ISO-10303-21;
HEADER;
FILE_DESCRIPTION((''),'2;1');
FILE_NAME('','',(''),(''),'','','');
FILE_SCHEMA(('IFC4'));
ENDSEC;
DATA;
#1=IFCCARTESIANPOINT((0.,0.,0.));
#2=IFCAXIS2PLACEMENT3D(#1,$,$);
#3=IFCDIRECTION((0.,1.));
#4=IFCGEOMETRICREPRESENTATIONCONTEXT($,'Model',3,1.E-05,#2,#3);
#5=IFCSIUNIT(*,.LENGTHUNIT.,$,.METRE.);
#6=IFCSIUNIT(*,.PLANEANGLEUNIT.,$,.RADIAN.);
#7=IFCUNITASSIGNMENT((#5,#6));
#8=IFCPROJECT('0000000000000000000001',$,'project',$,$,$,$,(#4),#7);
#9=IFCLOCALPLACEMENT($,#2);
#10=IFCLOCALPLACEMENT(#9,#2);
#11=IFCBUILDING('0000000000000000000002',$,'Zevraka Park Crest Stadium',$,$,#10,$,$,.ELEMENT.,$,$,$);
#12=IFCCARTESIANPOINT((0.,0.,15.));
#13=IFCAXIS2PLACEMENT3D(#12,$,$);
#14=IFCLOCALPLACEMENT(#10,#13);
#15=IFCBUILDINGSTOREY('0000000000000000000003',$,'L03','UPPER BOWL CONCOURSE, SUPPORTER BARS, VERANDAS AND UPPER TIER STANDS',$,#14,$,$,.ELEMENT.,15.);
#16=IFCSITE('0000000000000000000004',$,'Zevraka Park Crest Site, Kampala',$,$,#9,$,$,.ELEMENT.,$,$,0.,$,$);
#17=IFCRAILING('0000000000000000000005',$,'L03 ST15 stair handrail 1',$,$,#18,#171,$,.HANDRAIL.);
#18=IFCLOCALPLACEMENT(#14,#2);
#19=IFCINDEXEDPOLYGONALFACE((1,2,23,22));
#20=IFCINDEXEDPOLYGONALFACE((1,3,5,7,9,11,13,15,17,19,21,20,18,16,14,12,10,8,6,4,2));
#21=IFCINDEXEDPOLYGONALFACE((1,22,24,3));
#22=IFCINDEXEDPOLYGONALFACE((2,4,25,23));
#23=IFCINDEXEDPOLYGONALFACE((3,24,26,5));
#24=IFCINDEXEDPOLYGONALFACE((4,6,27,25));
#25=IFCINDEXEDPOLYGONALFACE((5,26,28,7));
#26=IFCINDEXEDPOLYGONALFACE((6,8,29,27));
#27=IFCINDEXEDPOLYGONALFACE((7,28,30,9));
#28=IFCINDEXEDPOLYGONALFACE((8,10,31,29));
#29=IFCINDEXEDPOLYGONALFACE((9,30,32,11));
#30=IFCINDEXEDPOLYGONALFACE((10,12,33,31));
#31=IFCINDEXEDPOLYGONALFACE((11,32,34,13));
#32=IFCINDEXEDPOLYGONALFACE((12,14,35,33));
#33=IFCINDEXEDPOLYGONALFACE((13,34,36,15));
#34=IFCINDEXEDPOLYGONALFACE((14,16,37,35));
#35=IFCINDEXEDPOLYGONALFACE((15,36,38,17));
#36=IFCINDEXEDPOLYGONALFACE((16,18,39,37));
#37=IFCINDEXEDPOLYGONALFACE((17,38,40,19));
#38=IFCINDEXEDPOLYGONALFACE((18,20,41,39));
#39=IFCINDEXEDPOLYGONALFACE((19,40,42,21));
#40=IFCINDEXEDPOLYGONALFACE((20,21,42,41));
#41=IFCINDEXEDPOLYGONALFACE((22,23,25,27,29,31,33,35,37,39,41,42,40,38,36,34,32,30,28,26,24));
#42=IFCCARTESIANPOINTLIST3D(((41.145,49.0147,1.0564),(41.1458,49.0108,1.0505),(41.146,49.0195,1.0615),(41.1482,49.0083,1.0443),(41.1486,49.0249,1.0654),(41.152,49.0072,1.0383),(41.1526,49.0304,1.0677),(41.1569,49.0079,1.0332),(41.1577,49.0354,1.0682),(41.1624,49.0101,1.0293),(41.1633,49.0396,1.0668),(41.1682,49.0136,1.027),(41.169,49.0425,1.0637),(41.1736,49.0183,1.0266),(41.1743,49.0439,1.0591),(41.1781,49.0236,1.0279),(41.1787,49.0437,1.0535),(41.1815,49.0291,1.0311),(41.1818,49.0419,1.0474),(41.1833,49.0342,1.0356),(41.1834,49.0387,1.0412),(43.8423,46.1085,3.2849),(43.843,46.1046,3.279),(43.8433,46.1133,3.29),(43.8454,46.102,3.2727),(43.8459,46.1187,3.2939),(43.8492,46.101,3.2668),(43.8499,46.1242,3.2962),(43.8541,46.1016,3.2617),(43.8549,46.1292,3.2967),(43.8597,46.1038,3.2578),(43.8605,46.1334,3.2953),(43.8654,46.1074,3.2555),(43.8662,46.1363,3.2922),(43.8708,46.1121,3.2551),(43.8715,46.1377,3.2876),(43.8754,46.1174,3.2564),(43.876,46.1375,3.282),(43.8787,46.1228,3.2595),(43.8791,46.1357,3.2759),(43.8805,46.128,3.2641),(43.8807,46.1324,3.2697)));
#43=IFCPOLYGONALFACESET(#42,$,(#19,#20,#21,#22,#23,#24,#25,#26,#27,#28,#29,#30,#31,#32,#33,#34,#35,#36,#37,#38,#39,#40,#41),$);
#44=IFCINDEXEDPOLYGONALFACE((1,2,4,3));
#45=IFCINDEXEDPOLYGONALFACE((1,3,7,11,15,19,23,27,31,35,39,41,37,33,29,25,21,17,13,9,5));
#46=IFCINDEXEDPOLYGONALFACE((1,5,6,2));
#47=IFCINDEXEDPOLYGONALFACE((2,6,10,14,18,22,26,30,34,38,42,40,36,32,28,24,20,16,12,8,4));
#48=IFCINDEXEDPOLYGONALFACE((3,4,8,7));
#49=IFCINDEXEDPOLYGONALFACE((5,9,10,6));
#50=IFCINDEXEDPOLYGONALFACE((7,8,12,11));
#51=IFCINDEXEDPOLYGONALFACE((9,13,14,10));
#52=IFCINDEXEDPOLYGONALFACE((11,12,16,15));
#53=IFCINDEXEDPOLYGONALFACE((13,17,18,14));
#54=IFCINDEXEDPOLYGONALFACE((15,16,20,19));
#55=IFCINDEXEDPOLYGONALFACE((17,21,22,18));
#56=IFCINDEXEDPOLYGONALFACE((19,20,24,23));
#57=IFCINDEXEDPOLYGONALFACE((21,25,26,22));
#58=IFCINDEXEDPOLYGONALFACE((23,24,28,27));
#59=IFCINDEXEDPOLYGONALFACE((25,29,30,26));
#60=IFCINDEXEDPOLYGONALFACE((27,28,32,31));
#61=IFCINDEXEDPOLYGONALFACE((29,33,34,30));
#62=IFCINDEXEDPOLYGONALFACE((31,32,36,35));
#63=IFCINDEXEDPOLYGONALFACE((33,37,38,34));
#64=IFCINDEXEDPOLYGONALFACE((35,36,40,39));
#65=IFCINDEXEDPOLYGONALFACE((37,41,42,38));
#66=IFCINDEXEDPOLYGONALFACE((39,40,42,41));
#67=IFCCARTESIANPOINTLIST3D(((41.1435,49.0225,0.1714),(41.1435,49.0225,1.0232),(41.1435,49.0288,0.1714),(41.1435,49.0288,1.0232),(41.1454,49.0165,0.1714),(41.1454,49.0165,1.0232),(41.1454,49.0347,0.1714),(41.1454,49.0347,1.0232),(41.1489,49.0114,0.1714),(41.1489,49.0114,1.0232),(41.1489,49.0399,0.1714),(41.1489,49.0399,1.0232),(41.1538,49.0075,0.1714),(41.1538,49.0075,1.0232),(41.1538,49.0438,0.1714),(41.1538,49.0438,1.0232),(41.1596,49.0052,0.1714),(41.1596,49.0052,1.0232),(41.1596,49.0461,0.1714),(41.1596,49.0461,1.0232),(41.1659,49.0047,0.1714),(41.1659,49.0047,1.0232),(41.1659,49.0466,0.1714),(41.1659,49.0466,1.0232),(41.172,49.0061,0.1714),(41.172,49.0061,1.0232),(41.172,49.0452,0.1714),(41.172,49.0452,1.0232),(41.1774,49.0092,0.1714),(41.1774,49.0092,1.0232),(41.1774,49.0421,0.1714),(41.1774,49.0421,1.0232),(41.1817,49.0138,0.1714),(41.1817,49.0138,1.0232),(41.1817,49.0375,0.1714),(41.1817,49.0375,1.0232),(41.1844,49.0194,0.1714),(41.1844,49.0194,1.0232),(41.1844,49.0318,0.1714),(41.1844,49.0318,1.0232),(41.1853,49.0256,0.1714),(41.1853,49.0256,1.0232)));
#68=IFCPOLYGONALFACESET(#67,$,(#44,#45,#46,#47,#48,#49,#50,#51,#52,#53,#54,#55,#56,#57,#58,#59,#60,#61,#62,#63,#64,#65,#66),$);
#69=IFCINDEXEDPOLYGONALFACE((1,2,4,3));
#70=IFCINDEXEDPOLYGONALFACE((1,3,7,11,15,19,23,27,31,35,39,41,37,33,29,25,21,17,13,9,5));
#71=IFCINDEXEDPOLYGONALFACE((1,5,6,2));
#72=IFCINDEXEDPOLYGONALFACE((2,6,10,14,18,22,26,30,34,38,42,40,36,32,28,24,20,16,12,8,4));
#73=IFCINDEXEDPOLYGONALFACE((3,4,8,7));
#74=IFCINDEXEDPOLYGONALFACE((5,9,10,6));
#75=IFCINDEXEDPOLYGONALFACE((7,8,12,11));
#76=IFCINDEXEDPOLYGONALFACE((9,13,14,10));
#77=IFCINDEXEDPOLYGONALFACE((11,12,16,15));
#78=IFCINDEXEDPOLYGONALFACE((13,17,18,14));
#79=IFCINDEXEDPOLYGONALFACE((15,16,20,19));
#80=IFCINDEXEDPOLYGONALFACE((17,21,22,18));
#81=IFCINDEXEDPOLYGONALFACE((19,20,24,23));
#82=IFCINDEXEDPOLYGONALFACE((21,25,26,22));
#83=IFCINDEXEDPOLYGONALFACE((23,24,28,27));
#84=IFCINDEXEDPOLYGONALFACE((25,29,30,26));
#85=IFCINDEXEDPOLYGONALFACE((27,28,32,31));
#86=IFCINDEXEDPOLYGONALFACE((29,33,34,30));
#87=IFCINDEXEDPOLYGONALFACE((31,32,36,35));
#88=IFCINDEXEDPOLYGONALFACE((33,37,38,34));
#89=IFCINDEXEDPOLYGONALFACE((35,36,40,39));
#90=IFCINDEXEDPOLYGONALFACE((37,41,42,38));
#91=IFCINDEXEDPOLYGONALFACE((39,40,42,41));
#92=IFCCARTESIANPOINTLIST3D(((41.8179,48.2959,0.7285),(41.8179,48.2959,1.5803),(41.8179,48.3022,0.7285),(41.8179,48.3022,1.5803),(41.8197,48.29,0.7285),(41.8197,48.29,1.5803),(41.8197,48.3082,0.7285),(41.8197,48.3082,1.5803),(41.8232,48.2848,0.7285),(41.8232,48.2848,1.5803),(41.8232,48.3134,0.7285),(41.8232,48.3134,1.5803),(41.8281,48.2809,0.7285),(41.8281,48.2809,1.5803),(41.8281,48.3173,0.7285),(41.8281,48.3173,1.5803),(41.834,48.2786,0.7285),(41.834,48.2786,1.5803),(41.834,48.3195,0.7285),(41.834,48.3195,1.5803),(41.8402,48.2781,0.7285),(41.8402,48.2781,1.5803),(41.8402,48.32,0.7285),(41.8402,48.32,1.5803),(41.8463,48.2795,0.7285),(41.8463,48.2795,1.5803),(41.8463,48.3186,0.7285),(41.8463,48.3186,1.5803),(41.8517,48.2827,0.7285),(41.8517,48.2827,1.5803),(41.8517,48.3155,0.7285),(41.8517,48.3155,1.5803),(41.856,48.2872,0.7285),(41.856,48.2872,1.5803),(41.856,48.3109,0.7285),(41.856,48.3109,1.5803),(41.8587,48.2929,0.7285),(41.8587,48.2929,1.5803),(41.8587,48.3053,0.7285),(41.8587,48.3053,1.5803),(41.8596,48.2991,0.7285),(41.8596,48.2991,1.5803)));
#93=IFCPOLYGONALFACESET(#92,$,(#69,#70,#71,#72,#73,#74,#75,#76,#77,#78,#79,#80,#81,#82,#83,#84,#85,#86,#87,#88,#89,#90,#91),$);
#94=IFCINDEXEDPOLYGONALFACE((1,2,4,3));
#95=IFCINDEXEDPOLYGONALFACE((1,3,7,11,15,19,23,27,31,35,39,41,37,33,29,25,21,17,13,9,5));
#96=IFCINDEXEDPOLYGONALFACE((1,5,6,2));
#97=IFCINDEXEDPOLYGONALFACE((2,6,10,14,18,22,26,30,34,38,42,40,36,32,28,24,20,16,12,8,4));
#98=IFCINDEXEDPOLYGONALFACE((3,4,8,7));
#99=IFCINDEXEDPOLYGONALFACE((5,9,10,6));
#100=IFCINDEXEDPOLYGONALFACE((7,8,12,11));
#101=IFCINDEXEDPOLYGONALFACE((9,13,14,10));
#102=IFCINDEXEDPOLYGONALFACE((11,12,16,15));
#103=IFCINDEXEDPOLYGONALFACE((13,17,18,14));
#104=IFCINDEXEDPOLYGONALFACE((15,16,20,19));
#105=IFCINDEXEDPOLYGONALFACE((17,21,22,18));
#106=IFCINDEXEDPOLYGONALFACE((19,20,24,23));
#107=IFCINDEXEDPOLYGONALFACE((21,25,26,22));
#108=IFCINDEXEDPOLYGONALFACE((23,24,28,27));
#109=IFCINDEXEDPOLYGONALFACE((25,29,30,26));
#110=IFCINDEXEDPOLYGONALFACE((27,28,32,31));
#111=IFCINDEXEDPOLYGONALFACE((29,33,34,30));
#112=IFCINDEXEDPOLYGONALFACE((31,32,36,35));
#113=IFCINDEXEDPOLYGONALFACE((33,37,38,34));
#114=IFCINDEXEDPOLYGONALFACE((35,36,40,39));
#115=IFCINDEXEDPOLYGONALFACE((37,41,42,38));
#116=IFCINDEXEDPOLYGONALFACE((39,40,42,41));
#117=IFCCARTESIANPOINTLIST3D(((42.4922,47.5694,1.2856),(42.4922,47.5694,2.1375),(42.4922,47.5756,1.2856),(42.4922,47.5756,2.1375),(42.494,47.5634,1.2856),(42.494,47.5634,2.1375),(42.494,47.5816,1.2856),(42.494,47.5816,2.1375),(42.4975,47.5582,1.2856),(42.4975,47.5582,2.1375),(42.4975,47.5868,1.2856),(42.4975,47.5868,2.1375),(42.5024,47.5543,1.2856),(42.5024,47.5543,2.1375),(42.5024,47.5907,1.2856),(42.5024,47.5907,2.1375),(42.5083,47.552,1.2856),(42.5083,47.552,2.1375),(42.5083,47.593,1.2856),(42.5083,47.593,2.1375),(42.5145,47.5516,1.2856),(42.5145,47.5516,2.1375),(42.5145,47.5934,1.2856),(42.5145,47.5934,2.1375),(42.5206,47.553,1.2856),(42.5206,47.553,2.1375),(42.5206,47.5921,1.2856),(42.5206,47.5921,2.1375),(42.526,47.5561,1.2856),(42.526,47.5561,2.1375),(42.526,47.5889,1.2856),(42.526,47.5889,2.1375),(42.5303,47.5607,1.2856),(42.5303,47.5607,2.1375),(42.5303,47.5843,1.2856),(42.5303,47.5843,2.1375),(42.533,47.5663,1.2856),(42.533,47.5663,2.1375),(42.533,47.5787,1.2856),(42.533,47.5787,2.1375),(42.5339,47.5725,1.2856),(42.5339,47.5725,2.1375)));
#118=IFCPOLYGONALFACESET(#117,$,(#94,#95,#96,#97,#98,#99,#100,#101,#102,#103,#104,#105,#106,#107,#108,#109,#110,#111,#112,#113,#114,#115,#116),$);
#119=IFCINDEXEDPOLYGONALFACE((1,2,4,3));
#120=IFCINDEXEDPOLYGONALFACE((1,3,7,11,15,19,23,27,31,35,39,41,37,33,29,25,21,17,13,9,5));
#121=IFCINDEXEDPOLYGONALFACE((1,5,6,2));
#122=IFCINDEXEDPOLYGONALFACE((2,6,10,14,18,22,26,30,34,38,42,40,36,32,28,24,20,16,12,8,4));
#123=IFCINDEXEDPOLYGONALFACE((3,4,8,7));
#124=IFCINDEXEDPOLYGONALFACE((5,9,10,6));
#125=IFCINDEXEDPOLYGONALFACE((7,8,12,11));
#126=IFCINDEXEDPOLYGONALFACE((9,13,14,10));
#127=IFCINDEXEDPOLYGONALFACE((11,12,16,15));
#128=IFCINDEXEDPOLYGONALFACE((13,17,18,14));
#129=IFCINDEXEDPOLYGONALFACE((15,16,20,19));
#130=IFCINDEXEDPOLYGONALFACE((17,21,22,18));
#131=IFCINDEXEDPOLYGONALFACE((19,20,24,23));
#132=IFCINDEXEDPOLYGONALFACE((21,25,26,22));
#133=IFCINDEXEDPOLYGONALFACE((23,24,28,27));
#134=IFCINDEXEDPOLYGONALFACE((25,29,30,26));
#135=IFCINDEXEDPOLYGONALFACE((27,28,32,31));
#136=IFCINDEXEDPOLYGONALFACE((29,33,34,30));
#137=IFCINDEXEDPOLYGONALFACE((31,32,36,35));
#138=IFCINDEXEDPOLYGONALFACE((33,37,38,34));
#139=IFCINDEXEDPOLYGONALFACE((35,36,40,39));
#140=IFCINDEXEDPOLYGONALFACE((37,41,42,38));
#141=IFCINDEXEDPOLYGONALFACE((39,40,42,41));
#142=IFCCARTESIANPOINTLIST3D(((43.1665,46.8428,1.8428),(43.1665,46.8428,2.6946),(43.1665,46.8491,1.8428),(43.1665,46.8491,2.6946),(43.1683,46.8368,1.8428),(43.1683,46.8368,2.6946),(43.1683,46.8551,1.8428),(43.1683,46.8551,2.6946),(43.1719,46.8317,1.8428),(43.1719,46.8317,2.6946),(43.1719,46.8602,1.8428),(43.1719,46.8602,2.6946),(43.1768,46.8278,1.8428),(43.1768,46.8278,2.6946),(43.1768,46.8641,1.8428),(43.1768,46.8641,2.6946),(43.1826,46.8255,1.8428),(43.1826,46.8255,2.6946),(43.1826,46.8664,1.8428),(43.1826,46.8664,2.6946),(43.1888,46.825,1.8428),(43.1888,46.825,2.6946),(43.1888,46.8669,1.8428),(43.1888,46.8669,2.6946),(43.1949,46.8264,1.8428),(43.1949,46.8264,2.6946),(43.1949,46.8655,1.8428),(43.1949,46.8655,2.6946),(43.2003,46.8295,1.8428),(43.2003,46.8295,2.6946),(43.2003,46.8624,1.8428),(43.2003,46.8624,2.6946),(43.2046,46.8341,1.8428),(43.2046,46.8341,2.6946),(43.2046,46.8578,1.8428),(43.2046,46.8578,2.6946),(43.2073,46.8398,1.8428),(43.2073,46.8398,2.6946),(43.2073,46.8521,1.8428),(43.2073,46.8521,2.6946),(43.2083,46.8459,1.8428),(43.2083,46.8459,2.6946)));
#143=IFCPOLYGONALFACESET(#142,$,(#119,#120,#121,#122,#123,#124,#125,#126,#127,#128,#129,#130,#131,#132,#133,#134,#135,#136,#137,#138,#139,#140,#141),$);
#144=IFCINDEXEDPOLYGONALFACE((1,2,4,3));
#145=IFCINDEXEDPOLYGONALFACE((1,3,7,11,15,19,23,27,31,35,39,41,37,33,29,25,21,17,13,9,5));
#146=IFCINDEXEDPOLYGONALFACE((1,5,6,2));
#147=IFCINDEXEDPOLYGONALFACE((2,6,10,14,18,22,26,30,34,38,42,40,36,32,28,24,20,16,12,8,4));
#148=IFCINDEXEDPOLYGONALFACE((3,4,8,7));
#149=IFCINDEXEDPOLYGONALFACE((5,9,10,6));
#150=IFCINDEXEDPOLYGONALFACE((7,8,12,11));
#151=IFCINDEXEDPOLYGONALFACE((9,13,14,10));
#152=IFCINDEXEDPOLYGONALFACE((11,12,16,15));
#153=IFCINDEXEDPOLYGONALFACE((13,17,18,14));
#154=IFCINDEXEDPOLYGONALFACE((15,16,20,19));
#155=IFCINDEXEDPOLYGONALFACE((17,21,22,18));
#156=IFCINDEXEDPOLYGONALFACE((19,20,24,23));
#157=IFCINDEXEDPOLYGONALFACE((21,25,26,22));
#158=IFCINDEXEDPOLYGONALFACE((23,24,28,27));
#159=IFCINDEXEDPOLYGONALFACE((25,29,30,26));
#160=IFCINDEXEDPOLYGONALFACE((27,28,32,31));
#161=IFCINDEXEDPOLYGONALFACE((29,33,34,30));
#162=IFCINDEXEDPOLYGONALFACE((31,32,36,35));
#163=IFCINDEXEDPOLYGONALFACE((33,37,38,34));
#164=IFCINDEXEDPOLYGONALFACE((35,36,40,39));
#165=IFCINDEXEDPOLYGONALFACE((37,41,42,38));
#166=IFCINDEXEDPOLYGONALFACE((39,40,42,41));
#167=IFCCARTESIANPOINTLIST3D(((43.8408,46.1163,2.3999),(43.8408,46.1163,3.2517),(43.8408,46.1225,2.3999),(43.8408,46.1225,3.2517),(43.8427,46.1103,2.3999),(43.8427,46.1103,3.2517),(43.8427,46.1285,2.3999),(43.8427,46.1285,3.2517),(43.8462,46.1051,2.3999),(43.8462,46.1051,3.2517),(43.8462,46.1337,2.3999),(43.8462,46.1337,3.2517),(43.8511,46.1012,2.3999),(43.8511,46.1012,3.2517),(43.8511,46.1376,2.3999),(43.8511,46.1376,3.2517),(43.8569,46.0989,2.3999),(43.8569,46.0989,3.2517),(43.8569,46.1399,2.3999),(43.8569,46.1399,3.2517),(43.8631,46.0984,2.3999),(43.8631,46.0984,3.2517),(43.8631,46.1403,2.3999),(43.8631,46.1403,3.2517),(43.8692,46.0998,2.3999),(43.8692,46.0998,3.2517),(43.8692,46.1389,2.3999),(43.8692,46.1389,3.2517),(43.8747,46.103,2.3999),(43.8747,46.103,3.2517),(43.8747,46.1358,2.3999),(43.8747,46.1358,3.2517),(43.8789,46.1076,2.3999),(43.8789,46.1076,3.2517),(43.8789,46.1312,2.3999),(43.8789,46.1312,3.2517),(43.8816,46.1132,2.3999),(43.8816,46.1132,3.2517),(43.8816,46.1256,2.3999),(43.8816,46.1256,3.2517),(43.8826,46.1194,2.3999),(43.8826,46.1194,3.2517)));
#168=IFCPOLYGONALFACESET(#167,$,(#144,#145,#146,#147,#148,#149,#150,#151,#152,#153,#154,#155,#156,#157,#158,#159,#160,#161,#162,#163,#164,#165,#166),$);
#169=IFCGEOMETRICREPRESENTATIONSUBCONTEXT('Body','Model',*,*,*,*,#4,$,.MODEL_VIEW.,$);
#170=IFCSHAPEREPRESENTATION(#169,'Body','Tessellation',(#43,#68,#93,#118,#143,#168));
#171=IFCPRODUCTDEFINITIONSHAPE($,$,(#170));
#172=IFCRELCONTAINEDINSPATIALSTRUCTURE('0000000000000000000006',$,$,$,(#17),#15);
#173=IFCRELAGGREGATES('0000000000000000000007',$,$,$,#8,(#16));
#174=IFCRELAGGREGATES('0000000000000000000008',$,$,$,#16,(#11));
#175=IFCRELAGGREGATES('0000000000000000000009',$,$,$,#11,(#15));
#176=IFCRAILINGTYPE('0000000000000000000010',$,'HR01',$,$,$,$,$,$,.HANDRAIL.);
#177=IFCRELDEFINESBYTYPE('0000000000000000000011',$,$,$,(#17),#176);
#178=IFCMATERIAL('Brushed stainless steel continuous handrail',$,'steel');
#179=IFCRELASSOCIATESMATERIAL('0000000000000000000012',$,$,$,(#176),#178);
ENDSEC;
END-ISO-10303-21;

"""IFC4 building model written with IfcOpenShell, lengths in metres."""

from ifc_helpers import new_model, si_unit, direction, frame, origin, origin_2d, place, context, subcontext, project, spatial, circle, extrude, material, type_object, element, save


model = new_model("IFC4")

# Units and contexts
model_context = context("Model", 3, precision=1e-05, world=origin(), true_north=direction((0.0, 1.0)))
body_context = subcontext(model_context, "Body", "Model", "MODEL_VIEW")
ifc_project = project(units=[si_unit("LENGTHUNIT", "METRE"), si_unit("PLANEANGLEUNIT", "RADIAN")], contexts=[model_context])

# Site, building, storey
site_placement = place(None, origin())
site = spatial("IfcSite", under=ifc_project, at=site_placement, Name="Zevraka Park Crest Site, Kampala", CompositionType="ELEMENT", RefElevation=0.0)
building_placement = place(site_placement, origin())
building = spatial("IfcBuilding", under=site, at=building_placement, Name="Zevraka Park Crest Stadium", CompositionType="ELEMENT")
storey_placement = place(building_placement, frame((0.0, 0.0, 15.0)))
storey = spatial("IfcBuildingStorey", under=building, at=storey_placement, Name="L03", Description="UPPER BOWL CONCOURSE, SUPPORTER BARS, VERANDAS AND UPPER TIER STANDS", CompositionType="ELEMENT", Elevation=15.0)

# Railing
ifc_material_1 = material(Name="Brushed stainless steel continuous handrail", Category="steel")
railing_type_1 = type_object("IfcRailingType", Name="HR01", PredefinedType="HANDRAIL", material=ifc_material_1)
railing_1_placement = place(storey_placement, frame((41.1643, 49.0256, 0.1714)))
element("IfcRailing", 1, at=railing_1_placement, inside=storey, type_object=railing_type_1, Name="L03 ST15 stair handrail 1", PredefinedType="HANDRAIL", context=body_context, shape_type="SweptSolid", body=[
    extrude(circle(Radius=0.0239, at=origin_2d()), frame((0.0, 0.0, 0.876), z_axis=(0.593016, -0.638963, 0.489957), x_axis=(0.732969, 0.680262, 0.0)), (0.0, 0.0, 1.0), 4.5483),
    extrude(circle(Radius=0.021, at=origin_2d()), origin(), (0.0, 0.0, 1.0), 0.8518),
    extrude(circle(Radius=0.021, at=origin_2d()), frame((0.6743, -0.7266, 0.5571)), (0.0, 0.0, 1.0), 0.8518),
    extrude(circle(Radius=0.021, at=origin_2d()), frame((1.3486, -1.4531, 1.1143)), (0.0, 0.0, 1.0), 0.8518),
    extrude(circle(Radius=0.021, at=origin_2d()), frame((2.0229, -2.1797, 1.6714)), (0.0, 0.0, 1.0), 0.8518),
    extrude(circle(Radius=0.021, at=origin_2d()), frame((2.6973, -2.9062, 2.2285)), (0.0, 0.0, 1.0), 0.8518),
])

save(model, "model.ifc")
